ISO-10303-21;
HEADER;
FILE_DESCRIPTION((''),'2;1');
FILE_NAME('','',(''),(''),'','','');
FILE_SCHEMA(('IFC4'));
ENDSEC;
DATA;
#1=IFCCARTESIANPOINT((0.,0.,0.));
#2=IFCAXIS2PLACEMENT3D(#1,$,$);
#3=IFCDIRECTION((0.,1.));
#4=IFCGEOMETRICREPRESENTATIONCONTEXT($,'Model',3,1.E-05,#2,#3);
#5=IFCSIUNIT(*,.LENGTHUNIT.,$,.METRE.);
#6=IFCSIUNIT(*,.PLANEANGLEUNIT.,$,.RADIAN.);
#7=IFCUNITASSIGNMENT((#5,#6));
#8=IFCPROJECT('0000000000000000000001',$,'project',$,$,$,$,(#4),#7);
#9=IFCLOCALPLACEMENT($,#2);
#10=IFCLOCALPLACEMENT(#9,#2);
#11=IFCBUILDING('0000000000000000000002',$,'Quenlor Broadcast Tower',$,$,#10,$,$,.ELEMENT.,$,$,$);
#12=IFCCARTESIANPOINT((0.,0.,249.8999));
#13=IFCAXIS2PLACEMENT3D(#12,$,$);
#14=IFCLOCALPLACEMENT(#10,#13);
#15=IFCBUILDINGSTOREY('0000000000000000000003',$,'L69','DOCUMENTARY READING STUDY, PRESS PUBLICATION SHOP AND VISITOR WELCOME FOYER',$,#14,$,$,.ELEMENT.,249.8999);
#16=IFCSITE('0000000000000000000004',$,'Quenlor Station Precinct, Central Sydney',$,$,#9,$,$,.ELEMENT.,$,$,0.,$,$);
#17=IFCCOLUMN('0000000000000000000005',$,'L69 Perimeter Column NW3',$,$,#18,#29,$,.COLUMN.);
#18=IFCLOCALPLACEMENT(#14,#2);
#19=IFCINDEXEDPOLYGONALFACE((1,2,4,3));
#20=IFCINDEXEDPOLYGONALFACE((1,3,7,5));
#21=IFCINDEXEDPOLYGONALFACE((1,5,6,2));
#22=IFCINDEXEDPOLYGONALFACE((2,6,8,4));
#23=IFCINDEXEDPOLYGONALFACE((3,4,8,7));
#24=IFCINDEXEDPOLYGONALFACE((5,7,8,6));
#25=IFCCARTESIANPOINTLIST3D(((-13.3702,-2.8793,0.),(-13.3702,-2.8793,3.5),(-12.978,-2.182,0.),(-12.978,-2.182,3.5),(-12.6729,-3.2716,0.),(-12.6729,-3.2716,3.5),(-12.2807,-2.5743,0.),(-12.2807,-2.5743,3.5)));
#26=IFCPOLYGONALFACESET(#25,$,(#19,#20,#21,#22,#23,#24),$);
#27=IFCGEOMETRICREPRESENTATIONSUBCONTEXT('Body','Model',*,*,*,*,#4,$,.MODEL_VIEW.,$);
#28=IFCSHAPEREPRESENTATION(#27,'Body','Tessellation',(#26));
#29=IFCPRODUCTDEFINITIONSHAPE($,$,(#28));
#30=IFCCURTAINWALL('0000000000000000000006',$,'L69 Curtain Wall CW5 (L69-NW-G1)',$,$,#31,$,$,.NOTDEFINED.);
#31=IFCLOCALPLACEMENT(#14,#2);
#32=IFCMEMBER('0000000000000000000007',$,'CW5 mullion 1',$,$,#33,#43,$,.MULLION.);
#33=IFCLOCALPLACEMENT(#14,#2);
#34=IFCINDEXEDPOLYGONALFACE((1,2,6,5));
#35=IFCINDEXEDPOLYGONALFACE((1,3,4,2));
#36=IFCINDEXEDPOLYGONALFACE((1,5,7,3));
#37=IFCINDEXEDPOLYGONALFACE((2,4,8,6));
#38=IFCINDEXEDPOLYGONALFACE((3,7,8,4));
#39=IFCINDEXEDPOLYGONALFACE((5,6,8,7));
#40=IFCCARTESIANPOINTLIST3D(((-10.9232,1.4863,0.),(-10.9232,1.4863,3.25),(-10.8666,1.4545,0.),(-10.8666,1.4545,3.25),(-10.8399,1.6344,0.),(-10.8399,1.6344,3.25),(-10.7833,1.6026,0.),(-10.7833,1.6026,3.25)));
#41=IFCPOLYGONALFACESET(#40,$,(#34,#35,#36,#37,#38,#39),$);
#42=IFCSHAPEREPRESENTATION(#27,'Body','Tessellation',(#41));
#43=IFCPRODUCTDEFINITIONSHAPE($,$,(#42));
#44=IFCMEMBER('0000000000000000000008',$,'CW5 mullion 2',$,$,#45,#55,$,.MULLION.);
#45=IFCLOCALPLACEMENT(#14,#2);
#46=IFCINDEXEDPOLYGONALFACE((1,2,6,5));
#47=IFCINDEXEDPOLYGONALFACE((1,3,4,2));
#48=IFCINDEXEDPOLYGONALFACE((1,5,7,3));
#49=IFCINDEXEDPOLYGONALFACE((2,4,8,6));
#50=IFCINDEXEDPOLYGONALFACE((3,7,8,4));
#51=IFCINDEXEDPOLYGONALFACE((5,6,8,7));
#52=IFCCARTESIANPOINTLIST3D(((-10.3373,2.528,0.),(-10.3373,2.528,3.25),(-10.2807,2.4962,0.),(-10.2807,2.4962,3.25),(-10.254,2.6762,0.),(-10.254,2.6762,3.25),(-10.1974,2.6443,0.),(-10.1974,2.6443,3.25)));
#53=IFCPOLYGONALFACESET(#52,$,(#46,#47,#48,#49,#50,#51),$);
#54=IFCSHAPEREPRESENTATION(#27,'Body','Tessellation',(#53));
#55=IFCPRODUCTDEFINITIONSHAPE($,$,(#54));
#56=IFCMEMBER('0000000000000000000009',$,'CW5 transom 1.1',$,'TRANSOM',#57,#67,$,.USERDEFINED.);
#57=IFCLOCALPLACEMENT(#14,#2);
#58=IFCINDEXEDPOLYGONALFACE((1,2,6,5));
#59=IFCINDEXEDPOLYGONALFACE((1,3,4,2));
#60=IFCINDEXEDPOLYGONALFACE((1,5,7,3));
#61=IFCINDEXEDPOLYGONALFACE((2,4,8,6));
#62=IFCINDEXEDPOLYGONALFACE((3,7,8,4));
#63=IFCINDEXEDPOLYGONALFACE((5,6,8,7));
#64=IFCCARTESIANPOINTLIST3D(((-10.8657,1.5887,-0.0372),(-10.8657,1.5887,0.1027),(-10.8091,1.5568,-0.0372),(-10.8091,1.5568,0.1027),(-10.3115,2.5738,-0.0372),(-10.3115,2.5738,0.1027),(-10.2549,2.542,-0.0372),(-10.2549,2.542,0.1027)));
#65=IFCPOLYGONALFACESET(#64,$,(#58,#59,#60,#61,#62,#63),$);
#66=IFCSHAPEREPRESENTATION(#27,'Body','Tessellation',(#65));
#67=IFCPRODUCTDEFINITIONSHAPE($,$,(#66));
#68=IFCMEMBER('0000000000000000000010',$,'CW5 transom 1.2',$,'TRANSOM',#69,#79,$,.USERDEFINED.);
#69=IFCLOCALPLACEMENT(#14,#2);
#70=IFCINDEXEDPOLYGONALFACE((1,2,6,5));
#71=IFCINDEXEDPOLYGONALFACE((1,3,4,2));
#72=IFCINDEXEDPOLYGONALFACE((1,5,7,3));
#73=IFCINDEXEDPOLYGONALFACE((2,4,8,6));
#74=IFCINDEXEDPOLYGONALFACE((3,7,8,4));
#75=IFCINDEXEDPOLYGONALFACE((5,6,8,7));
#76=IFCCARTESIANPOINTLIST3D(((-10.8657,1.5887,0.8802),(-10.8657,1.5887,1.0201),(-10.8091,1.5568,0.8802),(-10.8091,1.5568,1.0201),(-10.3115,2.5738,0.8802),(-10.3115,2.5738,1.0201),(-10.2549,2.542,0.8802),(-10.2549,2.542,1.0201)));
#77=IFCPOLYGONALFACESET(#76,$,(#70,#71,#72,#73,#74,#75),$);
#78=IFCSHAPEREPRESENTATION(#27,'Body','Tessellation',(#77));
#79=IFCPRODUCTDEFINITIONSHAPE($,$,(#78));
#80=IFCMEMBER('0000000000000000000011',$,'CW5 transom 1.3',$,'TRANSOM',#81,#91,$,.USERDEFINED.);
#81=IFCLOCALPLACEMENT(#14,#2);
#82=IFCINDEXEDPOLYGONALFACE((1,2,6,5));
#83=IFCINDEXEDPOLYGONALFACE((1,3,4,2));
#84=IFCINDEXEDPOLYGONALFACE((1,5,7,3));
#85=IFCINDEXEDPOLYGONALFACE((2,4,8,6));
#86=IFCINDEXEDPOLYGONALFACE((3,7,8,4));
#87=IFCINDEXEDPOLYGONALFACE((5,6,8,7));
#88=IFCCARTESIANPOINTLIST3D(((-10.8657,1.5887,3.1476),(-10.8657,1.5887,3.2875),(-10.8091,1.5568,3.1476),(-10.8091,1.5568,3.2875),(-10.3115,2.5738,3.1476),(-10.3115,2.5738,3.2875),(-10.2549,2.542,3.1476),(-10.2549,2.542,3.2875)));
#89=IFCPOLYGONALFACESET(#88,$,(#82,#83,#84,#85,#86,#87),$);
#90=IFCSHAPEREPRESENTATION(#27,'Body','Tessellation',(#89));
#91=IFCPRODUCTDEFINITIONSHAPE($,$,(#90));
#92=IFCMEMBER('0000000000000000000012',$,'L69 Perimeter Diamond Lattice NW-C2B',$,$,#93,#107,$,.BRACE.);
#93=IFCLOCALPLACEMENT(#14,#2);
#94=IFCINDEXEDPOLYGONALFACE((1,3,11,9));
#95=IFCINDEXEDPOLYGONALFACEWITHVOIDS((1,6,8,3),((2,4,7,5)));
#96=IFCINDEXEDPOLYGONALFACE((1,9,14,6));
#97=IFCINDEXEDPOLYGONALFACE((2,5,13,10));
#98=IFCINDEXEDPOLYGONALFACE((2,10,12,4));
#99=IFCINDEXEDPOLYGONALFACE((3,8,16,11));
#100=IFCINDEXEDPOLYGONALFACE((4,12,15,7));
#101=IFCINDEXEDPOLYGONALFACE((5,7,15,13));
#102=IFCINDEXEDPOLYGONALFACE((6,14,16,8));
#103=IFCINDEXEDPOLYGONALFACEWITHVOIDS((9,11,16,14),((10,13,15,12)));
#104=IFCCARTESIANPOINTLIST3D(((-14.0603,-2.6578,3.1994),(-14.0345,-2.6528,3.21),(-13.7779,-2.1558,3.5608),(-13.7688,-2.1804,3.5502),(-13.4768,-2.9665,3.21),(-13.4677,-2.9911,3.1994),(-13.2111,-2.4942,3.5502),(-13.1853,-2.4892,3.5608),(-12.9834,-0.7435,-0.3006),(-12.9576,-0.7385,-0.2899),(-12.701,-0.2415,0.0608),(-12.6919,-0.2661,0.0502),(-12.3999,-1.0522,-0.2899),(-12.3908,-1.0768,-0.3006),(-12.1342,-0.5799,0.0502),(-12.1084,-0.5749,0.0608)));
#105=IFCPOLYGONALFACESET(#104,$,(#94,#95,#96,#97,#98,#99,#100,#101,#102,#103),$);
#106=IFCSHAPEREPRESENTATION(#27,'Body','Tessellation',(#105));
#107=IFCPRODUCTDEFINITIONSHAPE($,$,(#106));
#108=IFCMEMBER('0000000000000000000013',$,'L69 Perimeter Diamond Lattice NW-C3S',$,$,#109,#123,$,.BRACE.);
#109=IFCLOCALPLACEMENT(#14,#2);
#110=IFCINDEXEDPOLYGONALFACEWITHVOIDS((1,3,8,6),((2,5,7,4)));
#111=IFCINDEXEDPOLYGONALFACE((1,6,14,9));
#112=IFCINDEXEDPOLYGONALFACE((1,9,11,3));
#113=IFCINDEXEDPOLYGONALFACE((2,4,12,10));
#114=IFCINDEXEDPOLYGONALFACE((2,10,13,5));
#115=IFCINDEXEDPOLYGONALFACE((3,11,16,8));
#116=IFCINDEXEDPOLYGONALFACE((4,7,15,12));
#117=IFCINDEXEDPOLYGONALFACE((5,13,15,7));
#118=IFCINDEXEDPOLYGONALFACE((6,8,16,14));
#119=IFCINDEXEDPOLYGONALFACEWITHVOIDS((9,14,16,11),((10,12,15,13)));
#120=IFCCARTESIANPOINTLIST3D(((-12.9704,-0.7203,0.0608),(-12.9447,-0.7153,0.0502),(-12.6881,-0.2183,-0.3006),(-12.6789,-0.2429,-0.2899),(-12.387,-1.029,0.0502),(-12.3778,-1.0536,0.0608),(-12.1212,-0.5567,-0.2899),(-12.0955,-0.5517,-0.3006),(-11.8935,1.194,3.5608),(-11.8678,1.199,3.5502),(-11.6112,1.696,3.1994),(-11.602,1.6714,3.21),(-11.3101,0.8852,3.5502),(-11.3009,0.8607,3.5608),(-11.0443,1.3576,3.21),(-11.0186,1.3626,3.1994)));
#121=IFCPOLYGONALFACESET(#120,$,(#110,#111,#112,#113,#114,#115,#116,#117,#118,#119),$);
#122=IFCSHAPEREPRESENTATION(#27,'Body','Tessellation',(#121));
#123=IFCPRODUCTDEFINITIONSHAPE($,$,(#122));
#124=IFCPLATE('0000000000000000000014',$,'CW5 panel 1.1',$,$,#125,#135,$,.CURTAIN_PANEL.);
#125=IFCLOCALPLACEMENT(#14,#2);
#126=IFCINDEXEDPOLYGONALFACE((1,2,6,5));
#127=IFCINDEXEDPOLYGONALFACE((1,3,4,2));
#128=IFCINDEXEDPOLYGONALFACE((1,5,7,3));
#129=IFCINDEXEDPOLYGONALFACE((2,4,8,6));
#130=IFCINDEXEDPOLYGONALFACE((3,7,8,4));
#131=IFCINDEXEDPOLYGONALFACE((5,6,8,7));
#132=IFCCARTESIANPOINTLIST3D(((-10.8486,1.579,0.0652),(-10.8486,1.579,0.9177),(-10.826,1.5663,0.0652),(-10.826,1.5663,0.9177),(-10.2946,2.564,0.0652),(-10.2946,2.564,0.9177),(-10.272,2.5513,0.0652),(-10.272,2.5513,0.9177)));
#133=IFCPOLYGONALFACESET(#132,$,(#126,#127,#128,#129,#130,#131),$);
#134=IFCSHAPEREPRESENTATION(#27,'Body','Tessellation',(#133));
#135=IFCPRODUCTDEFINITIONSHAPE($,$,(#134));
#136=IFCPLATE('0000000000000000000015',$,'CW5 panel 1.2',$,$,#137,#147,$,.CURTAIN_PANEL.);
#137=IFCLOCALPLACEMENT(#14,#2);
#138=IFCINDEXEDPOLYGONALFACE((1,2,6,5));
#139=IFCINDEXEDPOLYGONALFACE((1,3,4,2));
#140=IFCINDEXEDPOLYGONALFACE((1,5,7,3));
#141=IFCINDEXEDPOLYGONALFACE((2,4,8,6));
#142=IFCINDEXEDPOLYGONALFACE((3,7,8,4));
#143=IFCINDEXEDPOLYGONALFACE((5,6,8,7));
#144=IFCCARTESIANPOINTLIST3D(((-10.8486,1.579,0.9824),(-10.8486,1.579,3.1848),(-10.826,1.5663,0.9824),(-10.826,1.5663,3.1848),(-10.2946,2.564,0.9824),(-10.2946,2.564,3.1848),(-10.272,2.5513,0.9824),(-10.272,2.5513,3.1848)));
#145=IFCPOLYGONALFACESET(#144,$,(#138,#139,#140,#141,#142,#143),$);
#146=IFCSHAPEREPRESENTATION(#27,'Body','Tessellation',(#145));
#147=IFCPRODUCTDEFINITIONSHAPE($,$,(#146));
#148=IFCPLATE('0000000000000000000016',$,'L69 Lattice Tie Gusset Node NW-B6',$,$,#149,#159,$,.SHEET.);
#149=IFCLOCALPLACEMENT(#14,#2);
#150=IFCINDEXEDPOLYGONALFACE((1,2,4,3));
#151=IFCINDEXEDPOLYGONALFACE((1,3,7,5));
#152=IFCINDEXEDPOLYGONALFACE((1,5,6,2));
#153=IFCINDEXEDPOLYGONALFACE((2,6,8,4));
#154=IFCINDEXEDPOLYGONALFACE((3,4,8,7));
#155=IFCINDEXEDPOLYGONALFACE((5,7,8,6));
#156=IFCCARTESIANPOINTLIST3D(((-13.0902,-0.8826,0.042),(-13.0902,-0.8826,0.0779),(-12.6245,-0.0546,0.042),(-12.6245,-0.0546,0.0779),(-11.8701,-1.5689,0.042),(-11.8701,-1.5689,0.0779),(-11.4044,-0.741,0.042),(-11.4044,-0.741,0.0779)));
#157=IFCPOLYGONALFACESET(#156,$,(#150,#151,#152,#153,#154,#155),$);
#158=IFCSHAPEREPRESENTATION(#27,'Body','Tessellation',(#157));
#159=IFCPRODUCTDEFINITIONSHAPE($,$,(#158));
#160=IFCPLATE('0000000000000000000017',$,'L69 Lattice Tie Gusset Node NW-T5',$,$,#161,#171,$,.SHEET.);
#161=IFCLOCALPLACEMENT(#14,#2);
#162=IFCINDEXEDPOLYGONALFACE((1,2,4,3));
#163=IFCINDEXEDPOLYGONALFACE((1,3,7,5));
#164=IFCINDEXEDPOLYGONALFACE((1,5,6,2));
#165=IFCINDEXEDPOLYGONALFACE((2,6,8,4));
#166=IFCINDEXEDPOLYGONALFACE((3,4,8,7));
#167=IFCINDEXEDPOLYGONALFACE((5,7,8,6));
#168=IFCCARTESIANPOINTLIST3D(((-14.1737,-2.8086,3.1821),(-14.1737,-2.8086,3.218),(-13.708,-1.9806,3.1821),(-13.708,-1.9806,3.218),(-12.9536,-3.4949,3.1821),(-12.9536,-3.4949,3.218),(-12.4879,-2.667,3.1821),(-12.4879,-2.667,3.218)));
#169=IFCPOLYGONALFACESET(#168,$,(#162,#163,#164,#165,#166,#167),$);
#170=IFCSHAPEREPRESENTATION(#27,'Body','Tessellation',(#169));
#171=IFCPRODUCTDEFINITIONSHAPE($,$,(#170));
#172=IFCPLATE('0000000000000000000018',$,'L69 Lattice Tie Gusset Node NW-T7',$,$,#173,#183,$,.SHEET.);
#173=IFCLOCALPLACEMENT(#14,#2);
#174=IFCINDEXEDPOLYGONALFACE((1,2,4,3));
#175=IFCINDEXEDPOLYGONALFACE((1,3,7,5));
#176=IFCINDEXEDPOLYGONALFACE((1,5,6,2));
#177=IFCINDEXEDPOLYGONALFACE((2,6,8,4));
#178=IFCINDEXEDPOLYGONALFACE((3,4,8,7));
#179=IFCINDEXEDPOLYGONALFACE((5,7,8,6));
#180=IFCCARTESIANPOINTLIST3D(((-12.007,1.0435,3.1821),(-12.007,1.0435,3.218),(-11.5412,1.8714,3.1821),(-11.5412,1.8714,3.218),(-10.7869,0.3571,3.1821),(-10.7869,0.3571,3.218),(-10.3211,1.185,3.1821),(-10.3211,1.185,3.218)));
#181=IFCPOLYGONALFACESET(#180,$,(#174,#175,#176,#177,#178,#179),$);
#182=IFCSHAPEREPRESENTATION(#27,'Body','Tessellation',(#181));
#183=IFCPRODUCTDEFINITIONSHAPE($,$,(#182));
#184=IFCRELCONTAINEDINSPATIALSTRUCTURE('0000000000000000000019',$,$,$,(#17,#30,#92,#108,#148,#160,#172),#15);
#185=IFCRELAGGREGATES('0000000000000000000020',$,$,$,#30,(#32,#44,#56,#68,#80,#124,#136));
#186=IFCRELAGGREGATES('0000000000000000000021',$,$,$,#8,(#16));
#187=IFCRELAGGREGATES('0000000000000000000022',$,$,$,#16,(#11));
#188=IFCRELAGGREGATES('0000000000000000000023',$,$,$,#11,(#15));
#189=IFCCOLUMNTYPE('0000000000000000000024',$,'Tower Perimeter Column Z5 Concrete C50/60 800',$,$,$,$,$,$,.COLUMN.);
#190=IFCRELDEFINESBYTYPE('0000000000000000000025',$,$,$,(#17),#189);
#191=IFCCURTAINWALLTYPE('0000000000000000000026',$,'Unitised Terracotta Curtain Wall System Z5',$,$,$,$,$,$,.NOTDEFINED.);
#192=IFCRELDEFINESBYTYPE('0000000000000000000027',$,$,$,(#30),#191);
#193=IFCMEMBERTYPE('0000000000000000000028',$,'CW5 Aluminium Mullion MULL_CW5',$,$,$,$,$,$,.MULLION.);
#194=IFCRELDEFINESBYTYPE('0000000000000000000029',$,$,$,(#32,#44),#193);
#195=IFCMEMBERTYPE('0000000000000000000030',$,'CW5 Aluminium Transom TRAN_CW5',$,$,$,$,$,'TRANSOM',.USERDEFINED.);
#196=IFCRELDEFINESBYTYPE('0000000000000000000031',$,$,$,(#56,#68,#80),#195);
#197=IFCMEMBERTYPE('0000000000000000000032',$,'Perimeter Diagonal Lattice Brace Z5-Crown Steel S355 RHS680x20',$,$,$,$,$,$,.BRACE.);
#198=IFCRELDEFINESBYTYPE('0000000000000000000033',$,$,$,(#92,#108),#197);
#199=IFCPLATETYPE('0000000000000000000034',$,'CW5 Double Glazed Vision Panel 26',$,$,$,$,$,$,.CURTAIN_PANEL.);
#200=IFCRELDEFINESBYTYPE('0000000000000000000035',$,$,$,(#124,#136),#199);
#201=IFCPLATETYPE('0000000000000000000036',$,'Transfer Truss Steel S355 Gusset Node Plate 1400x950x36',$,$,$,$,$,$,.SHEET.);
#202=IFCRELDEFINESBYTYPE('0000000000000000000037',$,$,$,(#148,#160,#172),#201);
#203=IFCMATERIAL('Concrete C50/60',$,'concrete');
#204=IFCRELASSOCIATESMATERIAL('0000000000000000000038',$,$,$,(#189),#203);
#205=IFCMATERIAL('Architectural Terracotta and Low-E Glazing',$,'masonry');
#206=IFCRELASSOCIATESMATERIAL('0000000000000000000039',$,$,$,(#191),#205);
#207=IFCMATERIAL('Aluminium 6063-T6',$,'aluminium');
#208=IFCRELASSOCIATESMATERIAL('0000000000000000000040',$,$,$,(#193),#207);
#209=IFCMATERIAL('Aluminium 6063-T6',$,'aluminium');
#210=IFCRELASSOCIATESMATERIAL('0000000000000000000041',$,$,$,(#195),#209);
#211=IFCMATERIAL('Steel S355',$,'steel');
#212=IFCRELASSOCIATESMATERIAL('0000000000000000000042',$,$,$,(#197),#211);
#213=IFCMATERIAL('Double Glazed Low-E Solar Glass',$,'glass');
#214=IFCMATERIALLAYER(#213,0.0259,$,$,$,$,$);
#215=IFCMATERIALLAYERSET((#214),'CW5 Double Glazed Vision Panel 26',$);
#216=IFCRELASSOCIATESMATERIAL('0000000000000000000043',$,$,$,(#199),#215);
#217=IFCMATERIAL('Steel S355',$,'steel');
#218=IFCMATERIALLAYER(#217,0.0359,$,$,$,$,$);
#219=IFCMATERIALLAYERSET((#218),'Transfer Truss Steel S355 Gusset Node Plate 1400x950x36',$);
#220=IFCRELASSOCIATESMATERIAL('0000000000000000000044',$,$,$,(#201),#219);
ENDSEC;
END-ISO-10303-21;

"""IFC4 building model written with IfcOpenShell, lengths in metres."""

from ifc_helpers import new_model, si_unit, direction, frame, origin, origin_2d, place, context, subcontext, project, spatial, rectangle, hollow_rectangle, extrude, material, layer, layer_set, material_profile, profile_set, type_object, element, aggregate, save


model = new_model("IFC4")

# Units and contexts
model_context = context("Model", 3, precision=1e-05, world=origin(), true_north=direction((0.0, 1.0)))
body_context = subcontext(model_context, "Body", "Model", "MODEL_VIEW")
ifc_project = project(units=[si_unit("LENGTHUNIT", "METRE"), si_unit("PLANEANGLEUNIT", "RADIAN")], contexts=[model_context])

# Site, building, storey
site_placement = place(None, origin())
site = spatial("IfcSite", under=ifc_project, at=site_placement, Name="Quenlor Station Precinct, Central Sydney", CompositionType="ELEMENT", RefElevation=0.0)
building_placement = place(site_placement, origin())
building = spatial("IfcBuilding", under=site, at=building_placement, Name="Quenlor Broadcast Tower", CompositionType="ELEMENT")
storey_placement = place(building_placement, frame((0.0, 0.0, 249.8999)))
storey = spatial("IfcBuildingStorey", under=building, at=storey_placement, Name="L69", Description="DOCUMENTARY READING STUDY, PRESS PUBLICATION SHOP AND VISITOR WELCOME FOYER", CompositionType="ELEMENT", Elevation=249.8999)

# Column
ifc_material_1 = material(Name="Concrete C50/60", Category="concrete")
ifc_material_profile_1 = material_profile(ifc_material_1, rectangle(XDim=0.8, YDim=0.8, at=origin_2d()))
ifc_profile_set_1 = profile_set([ifc_material_profile_1], Name="Concrete C50/60 RC800x800")
column_type = type_object("IfcColumnType", Name="Tower Perimeter Column Z5 Concrete C50/60 800", PredefinedType="COLUMN", material=ifc_profile_set_1)
column_placement = place(storey_placement, frame((-12.8254, -2.7268, 0.0), z_axis=(0.0, 0.0, 1.0), x_axis=(-0.871575, 0.490262, 0.0)))
element("IfcColumn", 1, at=column_placement, inside=storey, type_object=column_type, Name="L69 Perimeter Column NW3", PredefinedType="COLUMN", context=body_context, shape_type="SweptSolid", body=[
    extrude(rectangle(XDim=0.8, YDim=0.8, at=origin_2d()), origin(), (0.0, 0.0, 1.0), 3.5),
])

# Curtain wall, members
ifc_material_2 = material(Name="Architectural Terracotta and Low-E Glazing", Category="masonry")
curtain_wall_type = type_object("IfcCurtainWallType", Name="Unitised Terracotta Curtain Wall System Z5", PredefinedType="NOTDEFINED", material=ifc_material_2)
curtain_wall_placement = place(storey_placement, origin())
curtain_wall = element("IfcCurtainWall", 2, at=curtain_wall_placement, inside=storey, type_object=curtain_wall_type, Name="L69 Curtain Wall CW5 (L69-NW-G1)", PredefinedType="NOTDEFINED")
ifc_material_3 = material(Name="Aluminium 6063-T6", Category="aluminium")
ifc_material_profile_2 = material_profile(ifc_material_3, rectangle(XDim=0.0649, YDim=0.1699, at=origin_2d()))
ifc_profile_set_2 = profile_set([ifc_material_profile_2], Name="Aluminium 6063-T6 MULL65x170")
member_type_1 = type_object("IfcMemberType", Name="CW5 Aluminium Mullion MULL_CW5", PredefinedType="MULLION", material=ifc_profile_set_2)
member_1_placement = place(storey_placement, frame((-10.8533, 1.5444, 0.0), z_axis=(0.0, 0.0, 1.0), x_axis=(-0.871592, 0.490231, 0.0)))
member_1 = element("IfcMember", 3, at=member_1_placement, type_object=member_type_1, Name="CW5 mullion 1", PredefinedType="MULLION", context=body_context, shape_type="SweptSolid", body=[
    extrude(rectangle(XDim=0.0649, YDim=0.1699, at=origin_2d()), origin(), (0.0, 0.0, 1.0), 3.25),
])
member_2_placement = place(storey_placement, frame((-10.2673, 2.5862, 0.0), z_axis=(0.0, 0.0, 1.0), x_axis=(-0.871592, 0.490231, 0.0)))
member_2 = element("IfcMember", 4, at=member_2_placement, type_object=member_type_1, Name="CW5 mullion 2", PredefinedType="MULLION", context=body_context, shape_type="SweptSolid", body=[
    extrude(rectangle(XDim=0.0649, YDim=0.1699, at=origin_2d()), origin(), (0.0, 0.0, 1.0), 3.25),
])
ifc_material_4 = material(Name="Aluminium 6063-T6", Category="aluminium")
ifc_material_profile_3 = material_profile(ifc_material_4, rectangle(XDim=0.0649, YDim=0.1399, at=origin_2d()))
ifc_profile_set_3 = profile_set([ifc_material_profile_3], Name="Aluminium 6063-T6 TRAN65x140")
member_type_2 = type_object("IfcMemberType", Name="CW5 Aluminium Transom TRAN_CW5", ElementType="TRANSOM", PredefinedType="USERDEFINED", material=ifc_profile_set_3)
member_3_placement = place(storey_placement, frame((-10.8374, 1.5728, 0.0327), z_axis=(0.490313, 0.871547, 0.0), x_axis=(-0.871547, 0.490313, 0.0)))
member_3 = element("IfcMember", 5, at=member_3_placement, type_object=member_type_2, Name="CW5 transom 1.1", ObjectType="TRANSOM", PredefinedType="USERDEFINED", context=body_context, shape_type="SweptSolid", body=[
    extrude(rectangle(XDim=0.0649, YDim=0.1399, at=origin_2d()), origin(), (0.0, 0.0, 1.0), 1.1304),
])
member_4_placement = place(storey_placement, frame((-10.8374, 1.5728, 0.9502), z_axis=(0.490313, 0.871547, 0.0), x_axis=(-0.871547, 0.490313, 0.0)))
member_4 = element("IfcMember", 6, at=member_4_placement, type_object=member_type_2, Name="CW5 transom 1.2", ObjectType="TRANSOM", PredefinedType="USERDEFINED", context=body_context, shape_type="SweptSolid", body=[
    extrude(rectangle(XDim=0.0649, YDim=0.1399, at=origin_2d()), origin(), (0.0, 0.0, 1.0), 1.1304),
])
member_5_placement = place(storey_placement, frame((-10.8374, 1.5728, 3.2175), z_axis=(0.490313, 0.871547, 0.0), x_axis=(-0.871547, 0.490313, 0.0)))
member_5 = element("IfcMember", 7, at=member_5_placement, type_object=member_type_2, Name="CW5 transom 1.3", ObjectType="TRANSOM", PredefinedType="USERDEFINED", context=body_context, shape_type="SweptSolid", body=[
    extrude(rectangle(XDim=0.0649, YDim=0.1399, at=origin_2d()), origin(), (0.0, 0.0, 1.0), 1.1304),
])

# Members
ifc_material_5 = material(Name="Steel S355", Category="steel")
ifc_material_profile_4 = material_profile(ifc_material_5, hollow_rectangle(XDim=0.6799, YDim=0.6799, WallThickness=0.02, at=origin_2d()))
ifc_profile_set_4 = profile_set([ifc_material_profile_4], Name="Steel S355 RHS680x680x20")
member_type_3 = type_object("IfcMemberType", Name="Perimeter Diagonal Lattice Brace Z5-Crown Steel S355 RHS680x20", PredefinedType="BRACE", material=ifc_profile_set_4)
for number, where, z_axis, x_axis, name in (
    (8, (-12.5459, -0.6592, -0.1199), (-0.260619, -0.463276, 0.847026), (0.871555, -0.490298, 0.0), "L69 Perimeter Diamond Lattice NW-C2B"),
    (9, (-12.533, -0.636, -0.1199), (0.260619, 0.463276, 0.847026), (-0.871555, 0.490298, 0.0), "L69 Perimeter Diamond Lattice NW-C3S"),
):
    element("IfcMember", number, at=place(storey_placement, frame(where, z_axis=z_axis, x_axis=x_axis)), inside=storey, type_object=member_type_3, Name=name, PredefinedType="BRACE", context=body_context, shape_type="SweptSolid", body=[
        extrude(hollow_rectangle(XDim=0.6799, YDim=0.6799, WallThickness=0.02, at=origin_2d()), origin(), (0.0, 0.0, 1.0), 4.1321),
    ])

# Plates
ifc_material_6 = material(Name="Double Glazed Low-E Solar Glass", Category="glass")
ifc_layer_1 = layer(ifc_material_6, 0.0259)
ifc_layer_set_1 = layer_set([ifc_layer_1], Name="CW5 Double Glazed Vision Panel 26")
plate_type_1 = type_object("IfcPlateType", Name="CW5 Double Glazed Vision Panel 26", PredefinedType="CURTAIN_PANEL", material=ifc_layer_set_1)
plate_1_placement = place(storey_placement, frame((-10.5603, 2.0652, 0.0652), z_axis=(0.0, 0.0, 1.0), x_axis=(0.490231, 0.871592, 0.0)))
plate_1 = element("IfcPlate", 10, at=plate_1_placement, type_object=plate_type_1, Name="CW5 panel 1.1", PredefinedType="CURTAIN_PANEL", context=body_context, shape_type="SweptSolid", body=[
    extrude(rectangle(XDim=1.1301, YDim=0.0259, at=origin_2d()), origin(), (0.0, 0.0, 1.0), 0.8525),
])
plate_2_placement = place(storey_placement, frame((-10.5603, 2.0652, 0.9824), z_axis=(0.0, 0.0, 1.0), x_axis=(0.490231, 0.871592, 0.0)))
plate_2 = element("IfcPlate", 11, at=plate_2_placement, type_object=plate_type_1, Name="CW5 panel 1.2", PredefinedType="CURTAIN_PANEL", context=body_context, shape_type="SweptSolid", body=[
    extrude(rectangle(XDim=1.1301, YDim=0.0259, at=origin_2d()), origin(), (0.0, 0.0, 1.0), 2.2024),
])
aggregate(curtain_wall, [member_1, member_2, member_3, member_4, member_5, plate_1, plate_2])

# Plates
ifc_material_7 = material(Name="Steel S355", Category="steel")
ifc_layer_2 = layer(ifc_material_7, 0.0359)
ifc_layer_set_2 = layer_set([ifc_layer_2], Name="Transfer Truss Steel S355 Gusset Node Plate 1400x950x36")
plate_type_2 = type_object("IfcPlateType", Name="Transfer Truss Steel S355 Gusset Node Plate 1400x950x36", PredefinedType="SHEET", material=ifc_layer_set_2)
for number, where, z_axis, x_axis, name in (
    (12, (-12.2473, -0.8118, 0.042), (0.0, 0.0, 1.0), (-0.871556, 0.490295, 0.0), "L69 Lattice Tie Gusset Node NW-B6"),
    (13, (-13.3308, -2.7378, 3.1821), (0.0, 0.0, 1.0), (-0.871556, 0.490295, 0.0), "L69 Lattice Tie Gusset Node NW-T5"),
    (14, (-11.1641, 1.1143, 3.1821), (0.0, 0.0, 1.0), (-0.871556, 0.490295, 0.0), "L69 Lattice Tie Gusset Node NW-T7"),
):
    element("IfcPlate", number, at=place(storey_placement, frame(where, z_axis=z_axis, x_axis=x_axis)), inside=storey, type_object=plate_type_2, Name=name, PredefinedType="SHEET", context=body_context, shape_type="SweptSolid", body=[
        extrude(rectangle(XDim=1.3999, YDim=0.95, at=origin_2d()), origin(), (0.0, 0.0, 1.0), 0.0359),
    ])

save(model, "model.ifc")
